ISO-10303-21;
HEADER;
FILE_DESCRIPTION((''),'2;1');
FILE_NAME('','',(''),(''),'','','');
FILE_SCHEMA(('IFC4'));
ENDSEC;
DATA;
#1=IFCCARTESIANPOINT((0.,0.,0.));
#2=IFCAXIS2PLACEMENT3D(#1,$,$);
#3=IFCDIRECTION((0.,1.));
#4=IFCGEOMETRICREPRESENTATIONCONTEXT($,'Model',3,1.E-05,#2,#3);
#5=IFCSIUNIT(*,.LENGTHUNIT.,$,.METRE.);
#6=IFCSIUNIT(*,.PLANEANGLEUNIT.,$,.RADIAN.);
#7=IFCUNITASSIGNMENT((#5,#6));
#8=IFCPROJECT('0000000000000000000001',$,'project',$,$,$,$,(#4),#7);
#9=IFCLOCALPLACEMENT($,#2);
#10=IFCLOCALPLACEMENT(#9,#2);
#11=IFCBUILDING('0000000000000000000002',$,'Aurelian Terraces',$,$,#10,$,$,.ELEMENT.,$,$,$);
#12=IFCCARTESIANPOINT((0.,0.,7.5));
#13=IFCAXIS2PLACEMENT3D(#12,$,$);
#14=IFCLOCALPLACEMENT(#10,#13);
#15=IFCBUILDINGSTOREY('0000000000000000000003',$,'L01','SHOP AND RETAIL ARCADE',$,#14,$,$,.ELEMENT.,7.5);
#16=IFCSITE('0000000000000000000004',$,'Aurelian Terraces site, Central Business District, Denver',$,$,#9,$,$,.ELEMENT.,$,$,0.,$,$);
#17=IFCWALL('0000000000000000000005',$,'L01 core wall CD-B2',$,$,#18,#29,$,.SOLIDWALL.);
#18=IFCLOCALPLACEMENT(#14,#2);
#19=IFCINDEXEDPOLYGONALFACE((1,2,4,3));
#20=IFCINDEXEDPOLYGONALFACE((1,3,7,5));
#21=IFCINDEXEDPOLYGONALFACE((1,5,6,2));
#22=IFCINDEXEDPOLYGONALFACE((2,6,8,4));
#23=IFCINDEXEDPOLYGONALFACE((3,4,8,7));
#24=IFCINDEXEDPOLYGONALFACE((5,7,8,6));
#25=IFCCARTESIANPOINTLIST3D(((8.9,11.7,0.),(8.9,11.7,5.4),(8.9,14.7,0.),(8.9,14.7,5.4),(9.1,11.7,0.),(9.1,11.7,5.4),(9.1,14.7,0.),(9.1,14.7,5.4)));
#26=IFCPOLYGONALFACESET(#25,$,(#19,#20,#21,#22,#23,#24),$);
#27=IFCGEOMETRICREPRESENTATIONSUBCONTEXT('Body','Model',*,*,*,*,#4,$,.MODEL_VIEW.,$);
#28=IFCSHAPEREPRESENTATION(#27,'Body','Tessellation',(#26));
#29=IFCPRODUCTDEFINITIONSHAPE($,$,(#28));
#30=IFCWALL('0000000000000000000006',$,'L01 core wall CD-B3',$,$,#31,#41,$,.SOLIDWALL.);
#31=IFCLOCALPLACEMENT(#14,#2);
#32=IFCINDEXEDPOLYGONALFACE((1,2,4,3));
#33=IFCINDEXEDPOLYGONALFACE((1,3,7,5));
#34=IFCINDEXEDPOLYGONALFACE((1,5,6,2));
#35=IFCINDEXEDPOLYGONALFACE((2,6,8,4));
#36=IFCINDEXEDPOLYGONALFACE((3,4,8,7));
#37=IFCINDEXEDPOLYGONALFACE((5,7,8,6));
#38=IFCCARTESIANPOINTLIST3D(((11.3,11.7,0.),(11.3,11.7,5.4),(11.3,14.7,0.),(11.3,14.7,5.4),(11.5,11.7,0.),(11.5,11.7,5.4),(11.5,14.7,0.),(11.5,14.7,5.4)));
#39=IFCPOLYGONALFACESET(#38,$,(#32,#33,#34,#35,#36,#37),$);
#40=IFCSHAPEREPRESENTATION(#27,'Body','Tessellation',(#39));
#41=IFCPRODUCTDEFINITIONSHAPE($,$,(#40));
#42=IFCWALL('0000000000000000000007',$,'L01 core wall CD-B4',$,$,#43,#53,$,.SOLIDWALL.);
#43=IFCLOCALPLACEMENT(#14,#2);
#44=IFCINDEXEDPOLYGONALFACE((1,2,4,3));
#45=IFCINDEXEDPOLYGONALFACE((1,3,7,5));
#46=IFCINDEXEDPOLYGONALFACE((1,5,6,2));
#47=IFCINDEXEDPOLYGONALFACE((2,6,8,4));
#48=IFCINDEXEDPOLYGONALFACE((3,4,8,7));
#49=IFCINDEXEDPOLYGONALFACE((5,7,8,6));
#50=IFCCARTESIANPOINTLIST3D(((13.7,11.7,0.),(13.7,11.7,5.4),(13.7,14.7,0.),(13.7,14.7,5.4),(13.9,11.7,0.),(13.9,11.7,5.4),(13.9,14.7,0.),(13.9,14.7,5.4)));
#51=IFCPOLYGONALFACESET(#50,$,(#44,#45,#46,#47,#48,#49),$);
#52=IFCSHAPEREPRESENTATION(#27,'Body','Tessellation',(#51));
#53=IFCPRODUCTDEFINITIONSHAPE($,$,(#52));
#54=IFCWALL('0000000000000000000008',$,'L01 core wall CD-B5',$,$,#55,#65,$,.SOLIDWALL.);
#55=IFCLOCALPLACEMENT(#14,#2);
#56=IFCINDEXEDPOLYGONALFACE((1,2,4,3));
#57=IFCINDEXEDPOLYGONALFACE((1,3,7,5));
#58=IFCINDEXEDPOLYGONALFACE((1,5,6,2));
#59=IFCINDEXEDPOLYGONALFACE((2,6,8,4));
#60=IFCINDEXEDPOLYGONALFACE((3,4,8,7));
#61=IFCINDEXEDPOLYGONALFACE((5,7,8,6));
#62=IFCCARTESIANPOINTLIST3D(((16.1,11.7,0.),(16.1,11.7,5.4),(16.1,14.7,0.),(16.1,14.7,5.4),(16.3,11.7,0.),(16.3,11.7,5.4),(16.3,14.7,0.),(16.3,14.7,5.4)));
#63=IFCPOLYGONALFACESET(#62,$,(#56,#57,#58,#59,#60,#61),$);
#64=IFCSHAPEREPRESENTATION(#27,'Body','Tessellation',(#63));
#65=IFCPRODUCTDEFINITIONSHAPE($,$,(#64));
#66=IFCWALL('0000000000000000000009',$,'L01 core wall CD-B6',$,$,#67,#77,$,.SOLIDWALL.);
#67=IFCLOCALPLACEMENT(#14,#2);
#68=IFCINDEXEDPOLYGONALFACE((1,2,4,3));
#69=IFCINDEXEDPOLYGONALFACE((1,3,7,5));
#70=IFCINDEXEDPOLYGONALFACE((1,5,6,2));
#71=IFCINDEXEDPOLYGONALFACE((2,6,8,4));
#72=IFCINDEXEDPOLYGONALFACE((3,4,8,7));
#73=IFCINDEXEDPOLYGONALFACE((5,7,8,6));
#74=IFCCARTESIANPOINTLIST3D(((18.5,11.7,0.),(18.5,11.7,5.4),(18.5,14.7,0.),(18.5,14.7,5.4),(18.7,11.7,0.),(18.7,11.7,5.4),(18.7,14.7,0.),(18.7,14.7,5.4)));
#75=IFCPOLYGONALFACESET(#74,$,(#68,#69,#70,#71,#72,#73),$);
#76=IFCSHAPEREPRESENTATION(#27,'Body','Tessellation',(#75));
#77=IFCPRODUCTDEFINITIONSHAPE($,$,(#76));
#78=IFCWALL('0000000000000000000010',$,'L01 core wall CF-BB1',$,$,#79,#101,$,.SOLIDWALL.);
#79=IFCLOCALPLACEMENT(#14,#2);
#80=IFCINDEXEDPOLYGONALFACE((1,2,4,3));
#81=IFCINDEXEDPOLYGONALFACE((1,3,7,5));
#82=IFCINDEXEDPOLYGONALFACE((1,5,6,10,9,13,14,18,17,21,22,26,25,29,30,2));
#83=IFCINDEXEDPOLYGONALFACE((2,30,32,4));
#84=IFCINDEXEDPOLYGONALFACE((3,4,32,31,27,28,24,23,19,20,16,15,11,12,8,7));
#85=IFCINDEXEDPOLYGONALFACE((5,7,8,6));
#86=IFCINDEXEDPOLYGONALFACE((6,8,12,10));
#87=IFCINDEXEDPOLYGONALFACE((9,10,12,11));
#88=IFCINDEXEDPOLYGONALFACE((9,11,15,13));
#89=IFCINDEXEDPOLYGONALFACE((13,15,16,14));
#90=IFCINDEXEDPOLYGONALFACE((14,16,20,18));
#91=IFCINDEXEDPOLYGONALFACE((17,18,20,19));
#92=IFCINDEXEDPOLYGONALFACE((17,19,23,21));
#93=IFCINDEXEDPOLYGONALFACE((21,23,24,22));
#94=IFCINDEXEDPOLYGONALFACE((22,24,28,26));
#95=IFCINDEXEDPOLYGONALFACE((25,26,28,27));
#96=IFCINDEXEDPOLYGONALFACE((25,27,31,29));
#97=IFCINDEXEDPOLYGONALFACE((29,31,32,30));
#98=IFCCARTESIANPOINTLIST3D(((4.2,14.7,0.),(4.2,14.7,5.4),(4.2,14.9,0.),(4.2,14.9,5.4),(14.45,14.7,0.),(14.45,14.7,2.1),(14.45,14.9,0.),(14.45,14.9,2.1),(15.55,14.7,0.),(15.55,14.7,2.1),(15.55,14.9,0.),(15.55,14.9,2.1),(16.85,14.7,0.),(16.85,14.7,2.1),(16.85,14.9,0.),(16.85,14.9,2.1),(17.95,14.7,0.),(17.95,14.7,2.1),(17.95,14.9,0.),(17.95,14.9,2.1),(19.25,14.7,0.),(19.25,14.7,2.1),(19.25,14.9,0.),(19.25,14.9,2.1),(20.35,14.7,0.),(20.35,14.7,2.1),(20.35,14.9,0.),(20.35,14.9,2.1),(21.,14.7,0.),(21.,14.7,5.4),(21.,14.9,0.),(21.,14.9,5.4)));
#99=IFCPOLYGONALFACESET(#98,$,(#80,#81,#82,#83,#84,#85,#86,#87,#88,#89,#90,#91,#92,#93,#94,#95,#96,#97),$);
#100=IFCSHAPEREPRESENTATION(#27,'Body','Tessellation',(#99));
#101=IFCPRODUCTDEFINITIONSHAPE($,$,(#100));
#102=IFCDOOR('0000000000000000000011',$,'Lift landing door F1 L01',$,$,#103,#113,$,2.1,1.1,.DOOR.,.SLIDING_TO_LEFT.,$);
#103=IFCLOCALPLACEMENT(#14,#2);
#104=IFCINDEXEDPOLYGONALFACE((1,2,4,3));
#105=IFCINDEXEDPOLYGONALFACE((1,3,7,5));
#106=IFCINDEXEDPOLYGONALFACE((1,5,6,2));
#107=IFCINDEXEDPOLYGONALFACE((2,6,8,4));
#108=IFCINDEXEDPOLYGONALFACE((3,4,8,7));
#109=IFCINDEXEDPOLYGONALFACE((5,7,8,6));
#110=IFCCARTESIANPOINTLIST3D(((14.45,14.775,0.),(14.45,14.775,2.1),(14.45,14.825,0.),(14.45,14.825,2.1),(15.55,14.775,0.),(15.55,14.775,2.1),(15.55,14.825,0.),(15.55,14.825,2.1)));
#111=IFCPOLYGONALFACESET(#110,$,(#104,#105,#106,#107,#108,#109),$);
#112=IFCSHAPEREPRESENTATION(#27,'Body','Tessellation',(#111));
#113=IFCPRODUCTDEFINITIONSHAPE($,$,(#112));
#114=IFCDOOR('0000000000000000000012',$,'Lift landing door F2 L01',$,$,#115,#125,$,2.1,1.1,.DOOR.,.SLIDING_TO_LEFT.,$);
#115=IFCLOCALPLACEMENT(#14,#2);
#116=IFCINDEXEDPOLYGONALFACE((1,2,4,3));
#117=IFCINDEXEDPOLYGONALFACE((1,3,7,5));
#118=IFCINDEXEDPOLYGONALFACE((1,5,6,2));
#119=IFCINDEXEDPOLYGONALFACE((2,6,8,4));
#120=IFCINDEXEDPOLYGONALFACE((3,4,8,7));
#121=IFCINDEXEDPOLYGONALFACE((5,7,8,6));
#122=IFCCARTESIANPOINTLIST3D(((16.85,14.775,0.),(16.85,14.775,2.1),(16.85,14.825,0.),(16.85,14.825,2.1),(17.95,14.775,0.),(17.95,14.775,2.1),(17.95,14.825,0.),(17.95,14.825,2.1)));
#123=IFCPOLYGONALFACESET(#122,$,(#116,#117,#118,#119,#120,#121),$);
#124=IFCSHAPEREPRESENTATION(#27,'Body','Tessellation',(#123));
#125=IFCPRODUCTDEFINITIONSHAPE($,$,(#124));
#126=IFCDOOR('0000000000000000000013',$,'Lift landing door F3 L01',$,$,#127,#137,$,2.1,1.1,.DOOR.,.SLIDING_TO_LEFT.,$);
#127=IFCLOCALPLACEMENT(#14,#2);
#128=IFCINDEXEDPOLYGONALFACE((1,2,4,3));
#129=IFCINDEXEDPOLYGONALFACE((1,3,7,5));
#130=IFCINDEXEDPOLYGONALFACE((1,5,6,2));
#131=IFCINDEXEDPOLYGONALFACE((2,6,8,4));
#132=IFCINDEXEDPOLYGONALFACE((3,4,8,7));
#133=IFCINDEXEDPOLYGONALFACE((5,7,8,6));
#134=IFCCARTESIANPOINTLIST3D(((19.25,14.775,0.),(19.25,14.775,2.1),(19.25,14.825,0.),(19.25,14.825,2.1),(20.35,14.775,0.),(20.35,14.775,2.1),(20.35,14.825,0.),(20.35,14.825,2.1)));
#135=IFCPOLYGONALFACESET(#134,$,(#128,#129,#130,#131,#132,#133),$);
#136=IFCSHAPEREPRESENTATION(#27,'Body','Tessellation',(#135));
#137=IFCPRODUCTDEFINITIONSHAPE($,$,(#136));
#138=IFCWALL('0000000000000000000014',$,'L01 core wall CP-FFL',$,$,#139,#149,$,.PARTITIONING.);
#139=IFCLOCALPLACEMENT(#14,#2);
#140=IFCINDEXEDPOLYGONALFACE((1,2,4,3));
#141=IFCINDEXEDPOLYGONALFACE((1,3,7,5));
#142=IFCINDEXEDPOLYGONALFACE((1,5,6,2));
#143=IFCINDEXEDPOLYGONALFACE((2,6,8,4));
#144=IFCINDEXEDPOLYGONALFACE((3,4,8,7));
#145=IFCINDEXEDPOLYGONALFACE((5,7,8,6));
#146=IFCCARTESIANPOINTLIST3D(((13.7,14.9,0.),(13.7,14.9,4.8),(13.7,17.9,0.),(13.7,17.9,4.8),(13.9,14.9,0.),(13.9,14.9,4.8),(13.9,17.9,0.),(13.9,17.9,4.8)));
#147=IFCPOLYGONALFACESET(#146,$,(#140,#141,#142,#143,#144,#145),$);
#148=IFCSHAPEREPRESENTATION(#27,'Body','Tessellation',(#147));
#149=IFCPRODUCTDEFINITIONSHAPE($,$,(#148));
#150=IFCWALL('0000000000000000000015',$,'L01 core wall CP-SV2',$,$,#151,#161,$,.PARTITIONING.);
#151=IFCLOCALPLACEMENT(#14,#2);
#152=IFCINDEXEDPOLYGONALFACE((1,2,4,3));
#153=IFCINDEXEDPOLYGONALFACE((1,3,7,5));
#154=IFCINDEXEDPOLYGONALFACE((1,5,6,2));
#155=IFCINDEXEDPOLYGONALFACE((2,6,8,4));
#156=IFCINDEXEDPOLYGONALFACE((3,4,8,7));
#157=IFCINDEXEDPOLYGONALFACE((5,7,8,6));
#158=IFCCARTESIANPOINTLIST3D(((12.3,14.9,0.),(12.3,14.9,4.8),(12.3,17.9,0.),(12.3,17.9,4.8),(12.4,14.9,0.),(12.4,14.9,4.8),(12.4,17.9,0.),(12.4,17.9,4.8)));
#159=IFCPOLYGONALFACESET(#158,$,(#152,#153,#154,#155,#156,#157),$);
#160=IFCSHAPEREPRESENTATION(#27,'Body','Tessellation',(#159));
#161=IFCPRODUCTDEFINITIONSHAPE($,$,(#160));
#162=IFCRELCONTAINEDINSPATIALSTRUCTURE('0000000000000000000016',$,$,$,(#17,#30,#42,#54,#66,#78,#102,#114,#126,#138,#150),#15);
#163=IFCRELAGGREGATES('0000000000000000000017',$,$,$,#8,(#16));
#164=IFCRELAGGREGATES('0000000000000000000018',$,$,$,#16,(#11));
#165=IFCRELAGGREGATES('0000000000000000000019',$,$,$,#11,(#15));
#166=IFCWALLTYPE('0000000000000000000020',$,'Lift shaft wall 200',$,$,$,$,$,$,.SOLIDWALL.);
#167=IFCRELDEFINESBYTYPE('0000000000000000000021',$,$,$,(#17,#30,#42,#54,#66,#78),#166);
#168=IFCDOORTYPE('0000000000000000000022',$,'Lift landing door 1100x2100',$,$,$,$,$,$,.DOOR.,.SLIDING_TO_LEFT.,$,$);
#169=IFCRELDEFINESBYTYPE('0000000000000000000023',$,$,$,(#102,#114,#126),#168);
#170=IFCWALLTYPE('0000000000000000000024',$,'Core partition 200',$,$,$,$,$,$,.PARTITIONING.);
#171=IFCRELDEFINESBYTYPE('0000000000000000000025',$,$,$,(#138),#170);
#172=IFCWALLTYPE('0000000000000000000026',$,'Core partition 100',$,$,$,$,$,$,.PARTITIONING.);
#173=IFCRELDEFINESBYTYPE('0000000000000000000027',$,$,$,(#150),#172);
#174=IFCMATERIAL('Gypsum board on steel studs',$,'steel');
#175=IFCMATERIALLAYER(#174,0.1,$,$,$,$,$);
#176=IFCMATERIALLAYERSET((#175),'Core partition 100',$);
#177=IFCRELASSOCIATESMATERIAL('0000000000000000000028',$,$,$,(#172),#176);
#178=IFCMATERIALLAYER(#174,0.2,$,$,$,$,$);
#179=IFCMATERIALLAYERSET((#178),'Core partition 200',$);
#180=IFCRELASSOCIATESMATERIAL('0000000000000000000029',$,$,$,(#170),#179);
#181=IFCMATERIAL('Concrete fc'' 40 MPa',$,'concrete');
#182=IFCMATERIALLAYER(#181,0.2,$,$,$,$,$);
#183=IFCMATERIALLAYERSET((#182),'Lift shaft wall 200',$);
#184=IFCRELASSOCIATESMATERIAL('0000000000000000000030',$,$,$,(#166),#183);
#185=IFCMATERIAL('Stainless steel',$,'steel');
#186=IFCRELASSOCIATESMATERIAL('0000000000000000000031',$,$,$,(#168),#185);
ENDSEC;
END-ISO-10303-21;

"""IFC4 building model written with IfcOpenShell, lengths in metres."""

from ifc_helpers import new_model, si_unit, direction, frame, frame_2d, origin, place, context, subcontext, project, spatial, rectangle, extrude, source, transform, mapped, material, layer, layer_set, type_object, element, fill, save


model = new_model("IFC4")

# Units and contexts
model_context = context("Model", 3, precision=1e-05, world=origin(), true_north=direction((0.0, 1.0)))
body_context = subcontext(model_context, "Body", "Model", "MODEL_VIEW")
ifc_project = project(units=[si_unit("LENGTHUNIT", "METRE"), si_unit("PLANEANGLEUNIT", "RADIAN")], contexts=[model_context])

# Site, building, storey
site_placement = place(None, origin())
site = spatial("IfcSite", under=ifc_project, at=site_placement, Name="Aurelian Terraces site, Central Business District, Denver", CompositionType="ELEMENT", RefElevation=0.0)
building_placement = place(site_placement, origin())
building = spatial("IfcBuilding", under=site, at=building_placement, Name="Aurelian Terraces", CompositionType="ELEMENT")
storey_placement = place(building_placement, frame((0.0, 0.0, 7.5)))
storey = spatial("IfcBuildingStorey", under=building, at=storey_placement, Name="L01", Description="SHOP AND RETAIL ARCADE", CompositionType="ELEMENT", Elevation=7.5)

# Shared definitions
ifc_material_1 = material(Name="Gypsum board on steel studs", Category="steel")
ifc_layer_1 = layer(ifc_material_1, 0.1)
ifc_layer_set_1 = layer_set([ifc_layer_1], Name="Core partition 100")
wall_type_1 = type_object("IfcWallType", Name="Core partition 100", PredefinedType="PARTITIONING", material=ifc_layer_set_1)
ifc_layer_2 = layer(ifc_material_1, 0.2)
ifc_layer_set_2 = layer_set([ifc_layer_2], Name="Core partition 200")
wall_type_2 = type_object("IfcWallType", Name="Core partition 200", PredefinedType="PARTITIONING", material=ifc_layer_set_2)

# Shared definitions
shared_shape_1 = source(origin(), body_context, "Body", "SweptSolid", [
    extrude(rectangle(XDim=1.1, YDim=2.1, at=frame_2d((0.55, 1.05))), frame((0.0, 0.11, 0.0), z_axis=(0.0, -1.0, 0.0), x_axis=(1.0, 0.0, 0.0)), (0.0, 0.0, 1.0), 0.22),
])
shared_shape_2 = source(origin(), body_context, "Body", "SweptSolid", [
    extrude(rectangle(XDim=1.1, YDim=2.1, at=frame_2d((0.55, 1.05))), frame((0.0, 0.025, 0.0), z_axis=(0.0, -1.0, 0.0), x_axis=(1.0, 0.0, 0.0)), (0.0, 0.0, 1.0), 0.05),
])

# Shared definitions
ifc_material_2 = material(Name="Concrete fc' 40 MPa", Category="concrete")
ifc_layer_3 = layer(ifc_material_2, 0.2)
ifc_layer_set_3 = layer_set([ifc_layer_3], Name="Lift shaft wall 200")
wall_type_3 = type_object("IfcWallType", Name="Lift shaft wall 200", PredefinedType="SOLIDWALL", material=ifc_layer_set_3)

# Walls
shared_shape_3 = source(origin(), body_context, "Body", "SweptSolid", [
    extrude(rectangle(XDim=3.0, YDim=0.2, at=frame_2d((1.5, 0.0))), origin(), (0.0, 0.0, 1.0), 5.4),
])
for number, where, z_axis, x_axis, name in (
    (1, (9.0, 11.7, 0.0), (0.0, 0.0, 1.0), (0.0, 1.0, 0.0), "L01 core wall CD-B2"),
    (2, (11.4, 11.7, 0.0), (0.0, 0.0, 1.0), (0.0, 1.0, 0.0), "L01 core wall CD-B3"),
    (3, (13.8, 11.7, 0.0), (0.0, 0.0, 1.0), (0.0, 1.0, 0.0), "L01 core wall CD-B4"),
    (4, (16.2, 11.7, 0.0), (0.0, 0.0, 1.0), (0.0, 1.0, 0.0), "L01 core wall CD-B5"),
    (5, (18.6, 11.7, 0.0), (0.0, 0.0, 1.0), (0.0, 1.0, 0.0), "L01 core wall CD-B6"),
):
    element("IfcWall", number, at=place(storey_placement, frame(where, z_axis=z_axis, x_axis=x_axis)), inside=storey, type_object=wall_type_3, Name=name, PredefinedType="SOLIDWALL", context=body_context, shape_type="MappedRepresentation", body=[
        mapped(shared_shape_3, transform((0.0, 0.0, 0.0), scale=1.0)),
    ])

# Wall, openings, doors
shared_shape_4 = source(origin(), body_context, "Body", "SweptSolid", [
    extrude(rectangle(XDim=16.8, YDim=0.2, at=frame_2d((8.4, 0.0))), origin(), (0.0, 0.0, 1.0), 5.4),
])
wall_1_placement = place(storey_placement, frame((4.2, 14.8, 0.0), z_axis=(0.0, 0.0, 1.0), x_axis=(1.0, 0.0, 0.0)))
wall_1 = element("IfcWall", 6, at=wall_1_placement, inside=storey, type_object=wall_type_3, Name="L01 core wall CF-BB1", PredefinedType="SOLIDWALL", context=body_context, shape_type="MappedRepresentation", body=[
    mapped(shared_shape_4, transform((0.0, 0.0, 0.0), scale=1.0)),
])
opening_1_placement = place(wall_1_placement, frame((10.25, 0.0, 0.0)))
opening_1 = element("IfcOpeningElement", 7, at=opening_1_placement, cuts=wall_1, PredefinedType="OPENING", context=body_context, shape_type="MappedRepresentation", body=[
    mapped(shared_shape_1, transform((0.0, 0.0, 0.0), scale=1.0)),
])
opening_2_placement = place(wall_1_placement, frame((12.65, 0.0, 0.0)))
opening_2 = element("IfcOpeningElement", 8, at=opening_2_placement, cuts=wall_1, PredefinedType="OPENING", context=body_context, shape_type="MappedRepresentation", body=[
    mapped(shared_shape_1, transform((0.0, 0.0, 0.0), scale=1.0)),
])
opening_3_placement = place(wall_1_placement, frame((15.05, 0.0, 0.0)))
opening_3 = element("IfcOpeningElement", 9, at=opening_3_placement, cuts=wall_1, PredefinedType="OPENING", context=body_context, shape_type="MappedRepresentation", body=[
    mapped(shared_shape_1, transform((0.0, 0.0, 0.0), scale=1.0)),
])
ifc_material_3 = material(Name="Stainless steel", Category="steel")
door_type_1 = type_object("IfcDoorType", Name="Lift landing door 1100x2100", OperationType="SLIDING_TO_LEFT", PredefinedType="DOOR", material=ifc_material_3)
door_1_placement = place(opening_1_placement, origin())
door_1 = element("IfcDoor", 10, at=door_1_placement, inside=storey, type_object=door_type_1, Name="Lift landing door F1 L01", OperationType="SLIDING_TO_LEFT", OverallHeight=2.1, OverallWidth=1.1, PredefinedType="DOOR", context=body_context, shape_type="MappedRepresentation", body=[
    mapped(shared_shape_2, transform((0.0, 0.0, 0.0), scale=1.0)),
])
fill(opening_1, door_1)
door_2_placement = place(opening_2_placement, origin())
door_2 = element("IfcDoor", 11, at=door_2_placement, inside=storey, type_object=door_type_1, Name="Lift landing door F2 L01", OperationType="SLIDING_TO_LEFT", OverallHeight=2.1, OverallWidth=1.1, PredefinedType="DOOR", context=body_context, shape_type="MappedRepresentation", body=[
    mapped(shared_shape_2, transform((0.0, 0.0, 0.0), scale=1.0)),
])
fill(opening_2, door_2)
door_3_placement = place(opening_3_placement, origin())
door_3 = element("IfcDoor", 12, at=door_3_placement, inside=storey, type_object=door_type_1, Name="Lift landing door F3 L01", OperationType="SLIDING_TO_LEFT", OverallHeight=2.1, OverallWidth=1.1, PredefinedType="DOOR", context=body_context, shape_type="MappedRepresentation", body=[
    mapped(shared_shape_2, transform((0.0, 0.0, 0.0), scale=1.0)),
])
fill(opening_3, door_3)

# Walls
shared_shape_5 = source(origin(), body_context, "Body", "SweptSolid", [
    extrude(rectangle(XDim=3.0, YDim=0.2, at=frame_2d((1.5, 0.0))), origin(), (0.0, 0.0, 1.0), 4.8),
])
wall_2_placement = place(storey_placement, frame((13.8, 14.9, 0.0), z_axis=(0.0, 0.0, 1.0), x_axis=(0.0, 1.0, 0.0)))
element("IfcWall", 13, at=wall_2_placement, inside=storey, type_object=wall_type_2, Name="L01 core wall CP-FFL", PredefinedType="PARTITIONING", context=body_context, shape_type="MappedRepresentation", body=[
    mapped(shared_shape_5, transform((0.0, 0.0, 0.0), scale=1.0)),
])
shared_shape_6 = source(origin(), body_context, "Body", "SweptSolid", [
    extrude(rectangle(XDim=3.0, YDim=0.1, at=frame_2d((1.5, 0.0))), origin(), (0.0, 0.0, 1.0), 4.8),
])
wall_3_placement = place(storey_placement, frame((12.35, 14.9, 0.0), z_axis=(0.0, 0.0, 1.0), x_axis=(0.0, 1.0, 0.0)))
element("IfcWall", 14, at=wall_3_placement, inside=storey, type_object=wall_type_1, Name="L01 core wall CP-SV2", PredefinedType="PARTITIONING", context=body_context, shape_type="MappedRepresentation", body=[
    mapped(shared_shape_6, transform((0.0, 0.0, 0.0), scale=1.0)),
])

save(model, "model.ifc")
